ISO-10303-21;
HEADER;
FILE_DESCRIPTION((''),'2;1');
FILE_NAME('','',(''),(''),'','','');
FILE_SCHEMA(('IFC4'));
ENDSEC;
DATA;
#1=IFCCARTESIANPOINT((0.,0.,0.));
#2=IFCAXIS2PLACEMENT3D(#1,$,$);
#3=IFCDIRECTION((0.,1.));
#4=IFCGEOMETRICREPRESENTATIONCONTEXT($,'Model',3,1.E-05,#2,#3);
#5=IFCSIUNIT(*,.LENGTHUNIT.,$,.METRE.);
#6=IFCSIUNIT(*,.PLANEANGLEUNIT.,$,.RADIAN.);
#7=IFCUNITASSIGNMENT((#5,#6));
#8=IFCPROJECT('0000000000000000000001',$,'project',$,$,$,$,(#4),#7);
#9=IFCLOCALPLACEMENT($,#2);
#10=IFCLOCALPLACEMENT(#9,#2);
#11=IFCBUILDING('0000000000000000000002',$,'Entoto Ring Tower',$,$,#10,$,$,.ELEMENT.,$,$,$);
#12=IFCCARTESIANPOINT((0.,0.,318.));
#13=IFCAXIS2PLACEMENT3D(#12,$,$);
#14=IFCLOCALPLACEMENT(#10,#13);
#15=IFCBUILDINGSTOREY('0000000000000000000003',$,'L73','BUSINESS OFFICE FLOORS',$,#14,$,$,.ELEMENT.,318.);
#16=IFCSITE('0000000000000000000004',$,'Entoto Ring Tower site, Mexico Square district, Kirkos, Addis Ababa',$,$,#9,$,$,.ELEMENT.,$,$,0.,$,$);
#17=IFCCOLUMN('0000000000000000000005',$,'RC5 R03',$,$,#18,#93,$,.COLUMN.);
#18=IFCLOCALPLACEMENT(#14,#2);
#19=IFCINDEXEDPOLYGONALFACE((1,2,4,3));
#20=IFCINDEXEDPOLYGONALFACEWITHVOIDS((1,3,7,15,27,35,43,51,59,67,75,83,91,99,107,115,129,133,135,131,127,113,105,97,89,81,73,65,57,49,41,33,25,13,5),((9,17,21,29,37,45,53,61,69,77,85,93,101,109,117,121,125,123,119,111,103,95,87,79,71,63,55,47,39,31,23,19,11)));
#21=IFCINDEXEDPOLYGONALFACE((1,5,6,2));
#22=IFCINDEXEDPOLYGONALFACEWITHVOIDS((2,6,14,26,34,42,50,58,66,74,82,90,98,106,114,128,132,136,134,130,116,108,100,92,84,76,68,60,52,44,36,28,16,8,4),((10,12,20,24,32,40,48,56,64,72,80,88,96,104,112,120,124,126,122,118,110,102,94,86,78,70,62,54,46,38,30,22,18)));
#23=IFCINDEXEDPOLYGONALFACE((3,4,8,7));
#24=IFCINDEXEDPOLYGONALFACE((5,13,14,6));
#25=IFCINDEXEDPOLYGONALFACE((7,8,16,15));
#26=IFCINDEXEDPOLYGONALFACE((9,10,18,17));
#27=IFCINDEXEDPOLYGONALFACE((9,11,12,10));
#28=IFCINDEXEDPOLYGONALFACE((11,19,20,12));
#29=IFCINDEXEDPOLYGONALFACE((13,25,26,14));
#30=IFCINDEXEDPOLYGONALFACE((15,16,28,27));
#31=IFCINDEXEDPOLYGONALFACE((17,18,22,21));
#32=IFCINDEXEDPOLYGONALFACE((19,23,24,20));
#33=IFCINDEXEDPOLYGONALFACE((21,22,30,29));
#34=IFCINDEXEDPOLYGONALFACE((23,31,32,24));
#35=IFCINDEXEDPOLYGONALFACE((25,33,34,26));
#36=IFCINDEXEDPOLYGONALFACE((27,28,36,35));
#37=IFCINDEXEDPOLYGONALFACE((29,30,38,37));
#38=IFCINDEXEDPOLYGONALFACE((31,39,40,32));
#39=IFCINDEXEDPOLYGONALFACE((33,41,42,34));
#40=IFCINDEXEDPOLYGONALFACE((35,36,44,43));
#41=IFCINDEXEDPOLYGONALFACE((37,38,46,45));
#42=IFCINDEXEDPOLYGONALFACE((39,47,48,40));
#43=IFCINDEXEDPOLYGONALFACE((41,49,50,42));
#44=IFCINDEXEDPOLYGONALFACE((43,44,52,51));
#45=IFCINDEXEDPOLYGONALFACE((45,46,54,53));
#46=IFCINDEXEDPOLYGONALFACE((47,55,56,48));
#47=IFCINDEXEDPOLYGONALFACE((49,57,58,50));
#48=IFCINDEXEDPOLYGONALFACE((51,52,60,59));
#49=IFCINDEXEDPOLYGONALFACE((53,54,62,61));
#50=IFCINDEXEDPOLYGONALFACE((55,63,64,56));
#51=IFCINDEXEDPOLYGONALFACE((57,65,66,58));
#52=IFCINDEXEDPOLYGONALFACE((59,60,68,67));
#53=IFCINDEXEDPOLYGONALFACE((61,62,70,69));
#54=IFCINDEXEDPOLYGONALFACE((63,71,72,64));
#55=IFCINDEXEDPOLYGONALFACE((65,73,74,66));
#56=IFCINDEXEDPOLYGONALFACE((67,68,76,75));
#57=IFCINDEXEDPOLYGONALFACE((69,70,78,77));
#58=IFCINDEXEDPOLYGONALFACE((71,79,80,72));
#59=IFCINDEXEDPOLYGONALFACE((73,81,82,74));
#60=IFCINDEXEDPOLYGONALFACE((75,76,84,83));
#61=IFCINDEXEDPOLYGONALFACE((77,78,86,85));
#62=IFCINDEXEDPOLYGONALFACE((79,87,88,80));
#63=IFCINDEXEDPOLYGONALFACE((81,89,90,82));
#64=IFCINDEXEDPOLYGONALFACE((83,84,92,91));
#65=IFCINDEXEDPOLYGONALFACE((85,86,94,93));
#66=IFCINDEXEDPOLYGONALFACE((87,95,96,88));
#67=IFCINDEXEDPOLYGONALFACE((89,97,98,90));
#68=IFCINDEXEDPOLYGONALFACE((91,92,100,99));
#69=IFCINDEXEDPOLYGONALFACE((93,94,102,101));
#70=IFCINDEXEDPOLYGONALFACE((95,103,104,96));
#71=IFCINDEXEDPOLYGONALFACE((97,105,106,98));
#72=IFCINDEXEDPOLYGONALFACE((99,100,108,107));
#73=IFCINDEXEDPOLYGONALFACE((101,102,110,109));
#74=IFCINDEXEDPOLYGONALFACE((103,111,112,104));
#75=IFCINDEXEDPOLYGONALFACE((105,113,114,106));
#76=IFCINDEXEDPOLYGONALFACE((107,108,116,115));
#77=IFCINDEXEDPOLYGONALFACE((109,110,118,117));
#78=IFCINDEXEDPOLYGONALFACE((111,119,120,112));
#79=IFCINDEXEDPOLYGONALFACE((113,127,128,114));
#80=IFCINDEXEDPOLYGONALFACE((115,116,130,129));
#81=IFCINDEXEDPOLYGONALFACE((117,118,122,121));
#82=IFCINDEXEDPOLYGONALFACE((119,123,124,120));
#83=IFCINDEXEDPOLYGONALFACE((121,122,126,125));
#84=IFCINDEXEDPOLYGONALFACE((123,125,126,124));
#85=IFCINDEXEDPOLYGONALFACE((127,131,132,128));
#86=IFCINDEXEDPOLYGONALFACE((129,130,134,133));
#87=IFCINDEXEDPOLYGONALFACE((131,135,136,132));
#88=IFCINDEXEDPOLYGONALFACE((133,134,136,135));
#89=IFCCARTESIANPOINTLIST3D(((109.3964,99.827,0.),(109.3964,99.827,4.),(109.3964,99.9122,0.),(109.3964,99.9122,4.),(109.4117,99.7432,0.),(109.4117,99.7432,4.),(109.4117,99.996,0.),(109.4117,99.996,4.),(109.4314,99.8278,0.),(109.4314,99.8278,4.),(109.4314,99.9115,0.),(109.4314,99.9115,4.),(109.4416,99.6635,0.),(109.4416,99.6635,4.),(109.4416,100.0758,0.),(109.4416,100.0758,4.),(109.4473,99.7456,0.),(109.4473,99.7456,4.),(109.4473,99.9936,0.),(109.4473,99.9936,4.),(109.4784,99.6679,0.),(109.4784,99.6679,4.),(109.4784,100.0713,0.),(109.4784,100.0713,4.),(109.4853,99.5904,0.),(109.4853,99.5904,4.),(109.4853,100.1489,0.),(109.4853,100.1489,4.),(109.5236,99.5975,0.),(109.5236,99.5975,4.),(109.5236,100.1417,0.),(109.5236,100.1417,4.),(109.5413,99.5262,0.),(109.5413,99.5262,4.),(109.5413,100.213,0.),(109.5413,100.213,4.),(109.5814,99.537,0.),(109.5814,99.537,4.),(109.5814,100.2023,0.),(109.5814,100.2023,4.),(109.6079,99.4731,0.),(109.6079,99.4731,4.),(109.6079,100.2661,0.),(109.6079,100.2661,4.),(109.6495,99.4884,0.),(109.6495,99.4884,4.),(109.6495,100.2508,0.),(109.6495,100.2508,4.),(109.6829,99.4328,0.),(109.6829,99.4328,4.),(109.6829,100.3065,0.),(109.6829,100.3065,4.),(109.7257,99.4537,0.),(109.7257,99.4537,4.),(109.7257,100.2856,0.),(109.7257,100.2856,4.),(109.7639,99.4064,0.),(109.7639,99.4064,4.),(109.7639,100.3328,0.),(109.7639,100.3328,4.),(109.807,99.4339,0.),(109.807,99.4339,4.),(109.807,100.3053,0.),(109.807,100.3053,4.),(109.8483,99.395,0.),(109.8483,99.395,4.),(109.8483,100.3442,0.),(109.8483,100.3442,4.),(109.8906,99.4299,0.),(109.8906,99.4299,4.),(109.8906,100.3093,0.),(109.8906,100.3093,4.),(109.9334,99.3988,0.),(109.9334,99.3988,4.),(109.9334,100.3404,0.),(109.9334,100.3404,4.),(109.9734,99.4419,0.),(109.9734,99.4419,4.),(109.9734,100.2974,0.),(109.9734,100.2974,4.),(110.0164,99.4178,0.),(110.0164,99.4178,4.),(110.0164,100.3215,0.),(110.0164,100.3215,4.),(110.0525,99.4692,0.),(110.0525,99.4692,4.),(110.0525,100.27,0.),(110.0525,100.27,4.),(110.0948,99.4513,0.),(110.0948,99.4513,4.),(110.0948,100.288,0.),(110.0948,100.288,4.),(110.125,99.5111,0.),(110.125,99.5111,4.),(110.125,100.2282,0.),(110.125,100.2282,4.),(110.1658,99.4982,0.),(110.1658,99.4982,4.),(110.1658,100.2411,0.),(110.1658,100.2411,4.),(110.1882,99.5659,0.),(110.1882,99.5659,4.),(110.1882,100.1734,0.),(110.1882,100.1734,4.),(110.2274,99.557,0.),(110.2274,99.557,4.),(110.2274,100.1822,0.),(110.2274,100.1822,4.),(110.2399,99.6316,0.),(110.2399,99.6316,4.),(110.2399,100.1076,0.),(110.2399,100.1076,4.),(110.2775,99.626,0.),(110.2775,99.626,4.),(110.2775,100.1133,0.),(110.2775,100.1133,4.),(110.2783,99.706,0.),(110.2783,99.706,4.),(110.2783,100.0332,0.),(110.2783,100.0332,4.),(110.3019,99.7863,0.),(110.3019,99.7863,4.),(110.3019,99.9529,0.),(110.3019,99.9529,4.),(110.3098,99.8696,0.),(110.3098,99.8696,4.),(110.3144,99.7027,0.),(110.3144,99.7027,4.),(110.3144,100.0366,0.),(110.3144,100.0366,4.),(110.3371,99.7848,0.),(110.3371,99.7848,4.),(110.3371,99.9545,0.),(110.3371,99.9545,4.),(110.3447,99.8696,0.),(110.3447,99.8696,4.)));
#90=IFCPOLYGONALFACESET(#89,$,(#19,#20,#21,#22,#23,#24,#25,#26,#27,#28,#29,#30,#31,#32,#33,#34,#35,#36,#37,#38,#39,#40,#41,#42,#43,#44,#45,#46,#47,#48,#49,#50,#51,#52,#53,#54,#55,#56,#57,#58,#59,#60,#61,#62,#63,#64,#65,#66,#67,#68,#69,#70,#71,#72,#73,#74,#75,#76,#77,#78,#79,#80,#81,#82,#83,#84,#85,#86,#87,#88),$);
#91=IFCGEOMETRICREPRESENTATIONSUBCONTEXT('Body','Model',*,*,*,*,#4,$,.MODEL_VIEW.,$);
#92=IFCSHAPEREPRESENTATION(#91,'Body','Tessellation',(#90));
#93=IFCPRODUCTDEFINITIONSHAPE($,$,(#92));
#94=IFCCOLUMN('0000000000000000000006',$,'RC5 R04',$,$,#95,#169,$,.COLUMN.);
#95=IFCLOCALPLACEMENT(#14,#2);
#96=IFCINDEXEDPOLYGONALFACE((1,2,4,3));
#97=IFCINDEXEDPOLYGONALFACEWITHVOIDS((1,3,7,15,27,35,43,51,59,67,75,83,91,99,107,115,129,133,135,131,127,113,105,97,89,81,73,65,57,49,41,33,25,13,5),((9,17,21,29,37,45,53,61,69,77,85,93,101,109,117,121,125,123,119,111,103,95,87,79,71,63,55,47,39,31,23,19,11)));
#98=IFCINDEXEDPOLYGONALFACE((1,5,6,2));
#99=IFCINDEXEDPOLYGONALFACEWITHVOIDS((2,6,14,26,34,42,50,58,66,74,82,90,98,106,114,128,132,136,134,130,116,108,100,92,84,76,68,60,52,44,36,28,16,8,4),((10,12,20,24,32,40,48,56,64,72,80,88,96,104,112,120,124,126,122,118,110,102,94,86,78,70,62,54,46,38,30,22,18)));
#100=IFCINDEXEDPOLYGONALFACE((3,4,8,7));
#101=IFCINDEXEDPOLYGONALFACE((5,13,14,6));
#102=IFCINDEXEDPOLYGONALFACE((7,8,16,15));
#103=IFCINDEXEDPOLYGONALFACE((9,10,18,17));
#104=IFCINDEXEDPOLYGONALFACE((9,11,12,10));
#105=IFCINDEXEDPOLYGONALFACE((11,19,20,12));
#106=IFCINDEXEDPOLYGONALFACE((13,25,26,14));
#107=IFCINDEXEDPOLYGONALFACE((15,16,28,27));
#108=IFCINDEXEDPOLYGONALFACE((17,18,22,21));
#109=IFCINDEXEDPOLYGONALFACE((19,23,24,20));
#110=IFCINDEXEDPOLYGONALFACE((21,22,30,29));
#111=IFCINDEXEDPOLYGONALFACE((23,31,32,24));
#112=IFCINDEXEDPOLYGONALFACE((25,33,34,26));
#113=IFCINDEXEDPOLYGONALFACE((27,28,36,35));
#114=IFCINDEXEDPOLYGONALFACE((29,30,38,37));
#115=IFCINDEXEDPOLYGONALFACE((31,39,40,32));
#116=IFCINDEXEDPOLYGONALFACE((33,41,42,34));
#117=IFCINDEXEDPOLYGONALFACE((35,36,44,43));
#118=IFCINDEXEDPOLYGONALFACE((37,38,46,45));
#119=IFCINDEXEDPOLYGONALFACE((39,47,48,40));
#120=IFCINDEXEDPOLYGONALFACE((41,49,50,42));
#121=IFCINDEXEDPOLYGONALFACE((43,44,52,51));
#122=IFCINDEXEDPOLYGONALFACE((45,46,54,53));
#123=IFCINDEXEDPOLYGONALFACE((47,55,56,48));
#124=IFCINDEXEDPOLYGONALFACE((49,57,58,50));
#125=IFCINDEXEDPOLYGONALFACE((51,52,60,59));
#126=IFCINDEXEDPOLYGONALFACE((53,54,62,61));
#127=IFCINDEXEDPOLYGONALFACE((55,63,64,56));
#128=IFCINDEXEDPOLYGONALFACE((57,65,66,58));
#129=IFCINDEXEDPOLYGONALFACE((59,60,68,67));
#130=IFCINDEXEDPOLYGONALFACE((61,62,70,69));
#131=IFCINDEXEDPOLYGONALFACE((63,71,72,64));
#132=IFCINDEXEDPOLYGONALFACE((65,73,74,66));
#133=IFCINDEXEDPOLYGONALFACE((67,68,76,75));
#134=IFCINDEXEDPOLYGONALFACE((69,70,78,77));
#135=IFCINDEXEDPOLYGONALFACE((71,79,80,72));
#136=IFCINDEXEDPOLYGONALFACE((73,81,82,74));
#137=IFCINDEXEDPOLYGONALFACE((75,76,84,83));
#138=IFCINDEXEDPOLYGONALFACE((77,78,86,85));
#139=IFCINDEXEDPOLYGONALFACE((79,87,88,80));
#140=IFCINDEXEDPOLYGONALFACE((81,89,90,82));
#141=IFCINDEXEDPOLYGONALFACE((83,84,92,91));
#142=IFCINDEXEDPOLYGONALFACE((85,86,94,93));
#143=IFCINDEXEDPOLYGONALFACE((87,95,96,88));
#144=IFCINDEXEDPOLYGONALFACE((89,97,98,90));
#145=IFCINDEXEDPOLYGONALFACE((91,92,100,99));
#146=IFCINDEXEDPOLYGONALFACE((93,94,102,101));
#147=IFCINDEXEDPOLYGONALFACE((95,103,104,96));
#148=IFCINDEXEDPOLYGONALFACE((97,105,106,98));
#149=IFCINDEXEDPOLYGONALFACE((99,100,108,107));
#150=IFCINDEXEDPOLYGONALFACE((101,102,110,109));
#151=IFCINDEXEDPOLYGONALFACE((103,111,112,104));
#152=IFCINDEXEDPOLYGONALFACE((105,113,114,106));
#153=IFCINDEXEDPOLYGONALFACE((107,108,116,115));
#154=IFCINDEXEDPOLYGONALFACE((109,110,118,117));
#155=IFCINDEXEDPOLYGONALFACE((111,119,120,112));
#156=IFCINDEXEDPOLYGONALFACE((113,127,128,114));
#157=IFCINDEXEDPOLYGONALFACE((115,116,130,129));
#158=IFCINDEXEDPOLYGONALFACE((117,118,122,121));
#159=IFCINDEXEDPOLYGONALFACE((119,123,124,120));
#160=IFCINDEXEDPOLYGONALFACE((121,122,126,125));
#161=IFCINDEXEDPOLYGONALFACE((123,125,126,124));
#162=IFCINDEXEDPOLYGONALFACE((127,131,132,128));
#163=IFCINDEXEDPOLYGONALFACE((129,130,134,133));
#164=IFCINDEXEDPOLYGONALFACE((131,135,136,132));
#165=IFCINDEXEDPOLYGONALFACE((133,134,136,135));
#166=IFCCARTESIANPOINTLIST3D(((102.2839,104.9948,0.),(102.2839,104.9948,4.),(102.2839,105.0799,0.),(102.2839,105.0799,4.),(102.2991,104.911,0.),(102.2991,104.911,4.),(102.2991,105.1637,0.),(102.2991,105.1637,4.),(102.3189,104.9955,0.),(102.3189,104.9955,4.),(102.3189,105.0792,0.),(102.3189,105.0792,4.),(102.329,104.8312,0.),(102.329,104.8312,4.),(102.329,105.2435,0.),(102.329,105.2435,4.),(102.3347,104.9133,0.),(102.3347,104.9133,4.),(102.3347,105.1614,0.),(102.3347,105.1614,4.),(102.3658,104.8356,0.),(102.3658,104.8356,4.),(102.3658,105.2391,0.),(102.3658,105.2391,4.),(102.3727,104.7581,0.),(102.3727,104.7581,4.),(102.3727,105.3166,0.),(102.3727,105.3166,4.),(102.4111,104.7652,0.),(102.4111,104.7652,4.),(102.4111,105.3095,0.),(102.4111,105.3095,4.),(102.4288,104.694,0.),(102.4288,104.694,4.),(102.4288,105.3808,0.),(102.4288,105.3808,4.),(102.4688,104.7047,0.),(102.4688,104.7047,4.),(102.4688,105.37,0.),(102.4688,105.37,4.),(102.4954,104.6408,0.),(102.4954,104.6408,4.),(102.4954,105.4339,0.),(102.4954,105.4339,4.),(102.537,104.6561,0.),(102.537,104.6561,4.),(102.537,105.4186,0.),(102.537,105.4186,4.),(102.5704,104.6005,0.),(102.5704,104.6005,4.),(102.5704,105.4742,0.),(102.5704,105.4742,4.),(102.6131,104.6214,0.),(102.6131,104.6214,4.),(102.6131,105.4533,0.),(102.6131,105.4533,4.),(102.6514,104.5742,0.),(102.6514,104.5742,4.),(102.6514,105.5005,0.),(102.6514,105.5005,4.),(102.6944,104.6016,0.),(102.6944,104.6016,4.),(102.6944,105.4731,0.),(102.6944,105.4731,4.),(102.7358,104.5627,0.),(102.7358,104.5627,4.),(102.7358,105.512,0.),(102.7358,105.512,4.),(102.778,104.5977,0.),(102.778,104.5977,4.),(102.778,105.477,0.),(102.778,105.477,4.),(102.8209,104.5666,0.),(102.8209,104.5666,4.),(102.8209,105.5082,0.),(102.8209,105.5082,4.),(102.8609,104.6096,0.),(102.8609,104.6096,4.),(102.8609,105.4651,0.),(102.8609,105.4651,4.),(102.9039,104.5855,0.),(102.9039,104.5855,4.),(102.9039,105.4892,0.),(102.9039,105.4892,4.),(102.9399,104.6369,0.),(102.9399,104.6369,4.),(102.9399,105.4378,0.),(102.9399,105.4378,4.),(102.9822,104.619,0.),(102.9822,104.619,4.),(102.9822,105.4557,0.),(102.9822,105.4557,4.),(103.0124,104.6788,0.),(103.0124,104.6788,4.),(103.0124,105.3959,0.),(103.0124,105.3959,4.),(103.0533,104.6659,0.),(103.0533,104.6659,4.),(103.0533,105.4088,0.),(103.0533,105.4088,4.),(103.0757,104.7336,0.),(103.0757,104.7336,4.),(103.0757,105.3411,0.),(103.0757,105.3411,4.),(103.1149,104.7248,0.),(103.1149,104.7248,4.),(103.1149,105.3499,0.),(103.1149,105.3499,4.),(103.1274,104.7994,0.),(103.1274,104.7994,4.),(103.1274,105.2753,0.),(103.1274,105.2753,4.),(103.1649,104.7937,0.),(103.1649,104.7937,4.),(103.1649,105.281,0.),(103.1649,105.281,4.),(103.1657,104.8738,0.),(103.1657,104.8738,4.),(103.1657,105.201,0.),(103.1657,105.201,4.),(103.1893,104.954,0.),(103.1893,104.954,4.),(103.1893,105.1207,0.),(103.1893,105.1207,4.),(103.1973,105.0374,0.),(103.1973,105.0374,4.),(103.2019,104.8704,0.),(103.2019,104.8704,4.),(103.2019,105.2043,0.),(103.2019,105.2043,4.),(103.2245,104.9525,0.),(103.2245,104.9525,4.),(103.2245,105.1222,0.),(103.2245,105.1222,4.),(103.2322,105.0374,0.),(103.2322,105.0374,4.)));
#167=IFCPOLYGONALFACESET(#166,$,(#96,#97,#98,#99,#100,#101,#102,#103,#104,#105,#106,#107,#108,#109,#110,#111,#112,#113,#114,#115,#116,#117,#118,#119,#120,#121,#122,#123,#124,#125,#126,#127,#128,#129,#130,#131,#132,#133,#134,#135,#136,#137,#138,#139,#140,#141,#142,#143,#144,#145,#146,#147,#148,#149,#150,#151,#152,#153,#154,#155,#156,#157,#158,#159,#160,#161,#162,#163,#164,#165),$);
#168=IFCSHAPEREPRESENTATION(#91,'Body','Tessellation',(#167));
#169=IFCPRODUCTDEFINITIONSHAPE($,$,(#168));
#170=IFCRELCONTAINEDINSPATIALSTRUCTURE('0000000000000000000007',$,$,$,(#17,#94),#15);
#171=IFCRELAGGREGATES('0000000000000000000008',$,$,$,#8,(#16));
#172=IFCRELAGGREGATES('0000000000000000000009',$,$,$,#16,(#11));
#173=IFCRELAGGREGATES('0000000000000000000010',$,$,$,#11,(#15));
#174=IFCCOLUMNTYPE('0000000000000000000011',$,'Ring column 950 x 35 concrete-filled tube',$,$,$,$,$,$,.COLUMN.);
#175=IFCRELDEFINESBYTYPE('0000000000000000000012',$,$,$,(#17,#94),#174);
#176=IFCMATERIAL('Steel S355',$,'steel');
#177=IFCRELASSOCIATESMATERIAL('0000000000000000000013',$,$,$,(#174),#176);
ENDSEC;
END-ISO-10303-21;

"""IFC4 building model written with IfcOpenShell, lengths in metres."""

from ifc_helpers import new_model, si_unit, direction, frame, origin, origin_2d, place, context, subcontext, project, spatial, circle, hollow_circle, extrude, material, material_profile, profile_set, type_object, element, save


model = new_model("IFC4")

# Units and contexts
model_context = context("Model", 3, precision=1e-05, world=origin(), true_north=direction((0.0, 1.0)))
body_context = subcontext(model_context, "Body", "Model", "MODEL_VIEW")
ifc_project = project(units=[si_unit("LENGTHUNIT", "METRE"), si_unit("PLANEANGLEUNIT", "RADIAN")], contexts=[model_context])

# Site, building, storey
site_placement = place(None, origin())
site = spatial("IfcSite", under=ifc_project, at=site_placement, Name="Entoto Ring Tower site, Mexico Square district, Kirkos, Addis Ababa", CompositionType="ELEMENT", RefElevation=0.0)
building_placement = place(site_placement, origin())
building = spatial("IfcBuilding", under=site, at=building_placement, Name="Entoto Ring Tower", CompositionType="ELEMENT")
storey_placement = place(building_placement, frame((0.0, 0.0, 318.0)))
storey = spatial("IfcBuildingStorey", under=building, at=storey_placement, Name="L73", Description="BUSINESS OFFICE FLOORS", CompositionType="ELEMENT", Elevation=318.0)

# Columns
ifc_material_1 = material(Name="Steel S355", Category="steel")
ifc_material_profile_1 = material_profile(ifc_material_1, hollow_circle(Radius=0.4751, WallThickness=0.0349, at=origin_2d()), Name="CHS 950 x 35")
ifc_material_2 = material(Name="Concrete C60/75", Category="concrete")
ifc_material_profile_2 = material_profile(ifc_material_2, circle(Radius=0.4399, at=origin_2d()), Name="Concrete C60/75 infill")
ifc_profile_set_1 = profile_set([ifc_material_profile_1, ifc_material_profile_2], Name="Steel S355")
column_type = type_object("IfcColumnType", Name="Ring column 950 x 35 concrete-filled tube", PredefinedType="COLUMN", material=ifc_profile_set_1)
for number, where, z_axis, x_axis, name in (
    (1, (109.8696, 99.8696, 0.0), (0.0, 0.0, 1.0), (1.0, 0.0, 0.0), "RC5 R03"),
    (2, (102.7571, 105.0374, 0.0), (0.0, 0.0, 1.0), (1.0, 0.0, 0.0), "RC5 R04"),
):
    element("IfcColumn", number, at=place(storey_placement, frame(where, z_axis=z_axis, x_axis=x_axis)), inside=storey, type_object=column_type, Name=name, PredefinedType="COLUMN", context=body_context, shape_type="SweptSolid", body=[
        extrude(hollow_circle(Radius=0.4751, WallThickness=0.0349, at=origin_2d()), origin(), (0.0, 0.0, 1.0), 4.0),
    ])

save(model, "model.ifc")
